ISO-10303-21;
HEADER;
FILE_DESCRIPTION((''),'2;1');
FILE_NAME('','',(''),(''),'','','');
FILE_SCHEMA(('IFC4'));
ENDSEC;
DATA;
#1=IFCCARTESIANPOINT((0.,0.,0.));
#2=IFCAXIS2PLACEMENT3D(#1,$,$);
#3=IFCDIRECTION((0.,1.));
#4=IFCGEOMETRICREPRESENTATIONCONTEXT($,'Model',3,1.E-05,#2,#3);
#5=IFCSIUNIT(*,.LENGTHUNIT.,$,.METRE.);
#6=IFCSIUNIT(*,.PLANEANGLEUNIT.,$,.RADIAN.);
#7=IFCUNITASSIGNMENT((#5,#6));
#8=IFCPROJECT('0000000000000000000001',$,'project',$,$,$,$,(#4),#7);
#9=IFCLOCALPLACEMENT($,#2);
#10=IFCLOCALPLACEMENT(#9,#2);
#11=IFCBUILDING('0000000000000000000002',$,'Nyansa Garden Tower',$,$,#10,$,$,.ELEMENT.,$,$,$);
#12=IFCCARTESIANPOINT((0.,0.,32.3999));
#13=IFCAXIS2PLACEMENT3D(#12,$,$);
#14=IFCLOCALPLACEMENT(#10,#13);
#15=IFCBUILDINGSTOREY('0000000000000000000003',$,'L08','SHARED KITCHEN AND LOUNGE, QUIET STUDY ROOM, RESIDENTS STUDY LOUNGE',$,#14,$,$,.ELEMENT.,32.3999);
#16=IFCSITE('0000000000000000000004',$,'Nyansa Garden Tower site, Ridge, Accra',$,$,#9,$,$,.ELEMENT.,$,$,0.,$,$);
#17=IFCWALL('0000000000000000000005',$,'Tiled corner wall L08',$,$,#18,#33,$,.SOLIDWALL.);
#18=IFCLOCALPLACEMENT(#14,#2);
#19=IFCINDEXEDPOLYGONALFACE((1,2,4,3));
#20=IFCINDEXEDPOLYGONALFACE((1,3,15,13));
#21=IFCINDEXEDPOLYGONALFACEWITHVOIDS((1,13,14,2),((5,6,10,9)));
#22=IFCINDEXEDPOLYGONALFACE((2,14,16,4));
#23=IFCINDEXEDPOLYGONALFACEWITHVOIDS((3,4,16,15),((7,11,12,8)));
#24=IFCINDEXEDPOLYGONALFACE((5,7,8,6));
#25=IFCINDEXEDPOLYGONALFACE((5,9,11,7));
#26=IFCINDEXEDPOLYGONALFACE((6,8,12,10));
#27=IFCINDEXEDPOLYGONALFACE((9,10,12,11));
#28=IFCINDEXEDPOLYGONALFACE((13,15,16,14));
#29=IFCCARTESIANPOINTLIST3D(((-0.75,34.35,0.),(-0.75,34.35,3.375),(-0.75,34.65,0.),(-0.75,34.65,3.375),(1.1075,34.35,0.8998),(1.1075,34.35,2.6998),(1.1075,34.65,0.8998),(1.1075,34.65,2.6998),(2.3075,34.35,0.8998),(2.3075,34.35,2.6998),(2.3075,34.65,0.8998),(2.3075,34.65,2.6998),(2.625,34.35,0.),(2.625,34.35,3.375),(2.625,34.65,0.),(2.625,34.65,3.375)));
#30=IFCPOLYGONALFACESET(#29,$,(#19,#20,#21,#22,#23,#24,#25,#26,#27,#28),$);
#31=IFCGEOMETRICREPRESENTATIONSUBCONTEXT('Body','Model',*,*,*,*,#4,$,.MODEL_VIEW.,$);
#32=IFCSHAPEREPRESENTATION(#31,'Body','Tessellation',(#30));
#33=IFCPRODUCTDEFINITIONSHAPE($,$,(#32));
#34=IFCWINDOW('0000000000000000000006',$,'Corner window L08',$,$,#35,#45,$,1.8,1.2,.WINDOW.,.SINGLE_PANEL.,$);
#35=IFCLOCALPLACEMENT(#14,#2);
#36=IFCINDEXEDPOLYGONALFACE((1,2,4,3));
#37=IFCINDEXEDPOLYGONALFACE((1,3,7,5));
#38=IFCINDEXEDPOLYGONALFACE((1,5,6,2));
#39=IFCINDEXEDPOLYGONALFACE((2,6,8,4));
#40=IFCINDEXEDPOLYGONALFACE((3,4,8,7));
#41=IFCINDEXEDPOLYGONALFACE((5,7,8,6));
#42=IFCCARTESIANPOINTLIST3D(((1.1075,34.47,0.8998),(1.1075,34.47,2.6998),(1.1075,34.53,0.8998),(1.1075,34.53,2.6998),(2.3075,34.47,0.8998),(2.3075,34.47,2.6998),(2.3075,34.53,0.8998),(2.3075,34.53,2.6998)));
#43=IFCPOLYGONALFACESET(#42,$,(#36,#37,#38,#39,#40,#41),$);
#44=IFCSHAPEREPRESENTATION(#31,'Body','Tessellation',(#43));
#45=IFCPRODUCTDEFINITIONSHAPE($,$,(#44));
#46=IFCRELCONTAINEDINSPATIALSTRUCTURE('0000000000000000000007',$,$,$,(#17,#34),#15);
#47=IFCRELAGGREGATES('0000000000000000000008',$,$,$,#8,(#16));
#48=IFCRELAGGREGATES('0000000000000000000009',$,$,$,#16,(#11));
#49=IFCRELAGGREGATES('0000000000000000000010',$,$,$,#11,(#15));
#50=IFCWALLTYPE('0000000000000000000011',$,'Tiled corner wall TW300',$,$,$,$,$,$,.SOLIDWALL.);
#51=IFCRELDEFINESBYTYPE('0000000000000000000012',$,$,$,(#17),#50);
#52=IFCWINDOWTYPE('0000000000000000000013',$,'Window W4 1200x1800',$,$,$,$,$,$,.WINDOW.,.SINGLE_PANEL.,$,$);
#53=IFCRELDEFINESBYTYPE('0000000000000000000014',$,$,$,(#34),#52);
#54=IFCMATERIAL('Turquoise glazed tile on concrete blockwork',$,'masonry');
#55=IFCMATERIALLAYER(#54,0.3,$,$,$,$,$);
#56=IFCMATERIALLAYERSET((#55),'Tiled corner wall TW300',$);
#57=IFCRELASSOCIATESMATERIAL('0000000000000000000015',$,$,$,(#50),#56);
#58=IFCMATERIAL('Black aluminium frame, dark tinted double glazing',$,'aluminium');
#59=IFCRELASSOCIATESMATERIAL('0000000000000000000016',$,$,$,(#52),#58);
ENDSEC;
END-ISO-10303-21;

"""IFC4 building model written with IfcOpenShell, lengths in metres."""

from ifc_helpers import new_model, si_unit, direction, frame, frame_2d, origin, place, context, subcontext, project, spatial, rectangle, extrude, material, layer, layer_set, type_object, element, fill, save


model = new_model("IFC4")

# Units and contexts
model_context = context("Model", 3, precision=1e-05, world=origin(), true_north=direction((0.0, 1.0)))
body_context = subcontext(model_context, "Body", "Model", "MODEL_VIEW")
ifc_project = project(units=[si_unit("LENGTHUNIT", "METRE"), si_unit("PLANEANGLEUNIT", "RADIAN")], contexts=[model_context])

# Site, building, storey
site_placement = place(None, origin())
site = spatial("IfcSite", under=ifc_project, at=site_placement, Name="Nyansa Garden Tower site, Ridge, Accra", CompositionType="ELEMENT", RefElevation=0.0)
building_placement = place(site_placement, origin())
building = spatial("IfcBuilding", under=site, at=building_placement, Name="Nyansa Garden Tower", CompositionType="ELEMENT")
storey_placement = place(building_placement, frame((0.0, 0.0, 32.3999)))
storey = spatial("IfcBuildingStorey", under=building, at=storey_placement, Name="L08", Description="SHARED KITCHEN AND LOUNGE, QUIET STUDY ROOM, RESIDENTS STUDY LOUNGE", CompositionType="ELEMENT", Elevation=32.3999)

# Wall, opening, window
ifc_material_1 = material(Name="Turquoise glazed tile on concrete blockwork", Category="masonry")
ifc_layer_1 = layer(ifc_material_1, 0.3)
ifc_layer_set_1 = layer_set([ifc_layer_1], Name="Tiled corner wall TW300")
wall_type_1 = type_object("IfcWallType", Name="Tiled corner wall TW300", PredefinedType="SOLIDWALL", material=ifc_layer_set_1)
ifc_material_2 = material(Name="Black aluminium frame, dark tinted double glazing", Category="aluminium")
window_type_1 = type_object("IfcWindowType", Name="Window W4 1200x1800", PartitioningType="SINGLE_PANEL", PredefinedType="WINDOW", material=ifc_material_2)
wall_1_placement = place(storey_placement, frame((2.625, 34.5, 0.0), z_axis=(0.0, 0.0, 1.0), x_axis=(-1.0, 0.0, 0.0)))
wall_1 = element("IfcWall", 1, at=wall_1_placement, inside=storey, type_object=wall_type_1, Name="Tiled corner wall L08", PredefinedType="SOLIDWALL", context=body_context, shape_type="SweptSolid", body=[
    extrude(rectangle(XDim=3.375, YDim=0.3, at=frame_2d((1.6875, 0.0))), origin(), (0.0, 0.0, 1.0), 3.375),
])
opening_1_placement = place(wall_1_placement, frame((0.3174, 0.0, 0.8999)))
opening_1 = element("IfcOpeningElement", 2, at=opening_1_placement, cuts=wall_1, PredefinedType="OPENING", context=body_context, shape_type="SweptSolid", body=[
    extrude(rectangle(XDim=1.2, YDim=1.8, at=frame_2d((0.6001, 0.8999))), frame((0.0, 0.1599, 0.0), z_axis=(0.0, -1.0, 0.0), x_axis=(1.0, 0.0, 0.0)), (0.0, 0.0, 1.0), 0.3201),
])
window_1_placement = place(opening_1_placement, origin())
window_1 = element("IfcWindow", 3, at=window_1_placement, inside=storey, type_object=window_type_1, Name="Corner window L08", OverallHeight=1.8, OverallWidth=1.2, PartitioningType="SINGLE_PANEL", PredefinedType="WINDOW", context=body_context, shape_type="SweptSolid", body=[
    extrude(rectangle(XDim=1.2, YDim=1.8, at=frame_2d((0.6001, 0.8999))), frame((0.0, 0.03, 0.0), z_axis=(0.0, -1.0, 0.0), x_axis=(1.0, 0.0, 0.0)), (0.0, 0.0, 1.0), 0.0601),
])
fill(opening_1, window_1)

save(model, "model.ifc")
